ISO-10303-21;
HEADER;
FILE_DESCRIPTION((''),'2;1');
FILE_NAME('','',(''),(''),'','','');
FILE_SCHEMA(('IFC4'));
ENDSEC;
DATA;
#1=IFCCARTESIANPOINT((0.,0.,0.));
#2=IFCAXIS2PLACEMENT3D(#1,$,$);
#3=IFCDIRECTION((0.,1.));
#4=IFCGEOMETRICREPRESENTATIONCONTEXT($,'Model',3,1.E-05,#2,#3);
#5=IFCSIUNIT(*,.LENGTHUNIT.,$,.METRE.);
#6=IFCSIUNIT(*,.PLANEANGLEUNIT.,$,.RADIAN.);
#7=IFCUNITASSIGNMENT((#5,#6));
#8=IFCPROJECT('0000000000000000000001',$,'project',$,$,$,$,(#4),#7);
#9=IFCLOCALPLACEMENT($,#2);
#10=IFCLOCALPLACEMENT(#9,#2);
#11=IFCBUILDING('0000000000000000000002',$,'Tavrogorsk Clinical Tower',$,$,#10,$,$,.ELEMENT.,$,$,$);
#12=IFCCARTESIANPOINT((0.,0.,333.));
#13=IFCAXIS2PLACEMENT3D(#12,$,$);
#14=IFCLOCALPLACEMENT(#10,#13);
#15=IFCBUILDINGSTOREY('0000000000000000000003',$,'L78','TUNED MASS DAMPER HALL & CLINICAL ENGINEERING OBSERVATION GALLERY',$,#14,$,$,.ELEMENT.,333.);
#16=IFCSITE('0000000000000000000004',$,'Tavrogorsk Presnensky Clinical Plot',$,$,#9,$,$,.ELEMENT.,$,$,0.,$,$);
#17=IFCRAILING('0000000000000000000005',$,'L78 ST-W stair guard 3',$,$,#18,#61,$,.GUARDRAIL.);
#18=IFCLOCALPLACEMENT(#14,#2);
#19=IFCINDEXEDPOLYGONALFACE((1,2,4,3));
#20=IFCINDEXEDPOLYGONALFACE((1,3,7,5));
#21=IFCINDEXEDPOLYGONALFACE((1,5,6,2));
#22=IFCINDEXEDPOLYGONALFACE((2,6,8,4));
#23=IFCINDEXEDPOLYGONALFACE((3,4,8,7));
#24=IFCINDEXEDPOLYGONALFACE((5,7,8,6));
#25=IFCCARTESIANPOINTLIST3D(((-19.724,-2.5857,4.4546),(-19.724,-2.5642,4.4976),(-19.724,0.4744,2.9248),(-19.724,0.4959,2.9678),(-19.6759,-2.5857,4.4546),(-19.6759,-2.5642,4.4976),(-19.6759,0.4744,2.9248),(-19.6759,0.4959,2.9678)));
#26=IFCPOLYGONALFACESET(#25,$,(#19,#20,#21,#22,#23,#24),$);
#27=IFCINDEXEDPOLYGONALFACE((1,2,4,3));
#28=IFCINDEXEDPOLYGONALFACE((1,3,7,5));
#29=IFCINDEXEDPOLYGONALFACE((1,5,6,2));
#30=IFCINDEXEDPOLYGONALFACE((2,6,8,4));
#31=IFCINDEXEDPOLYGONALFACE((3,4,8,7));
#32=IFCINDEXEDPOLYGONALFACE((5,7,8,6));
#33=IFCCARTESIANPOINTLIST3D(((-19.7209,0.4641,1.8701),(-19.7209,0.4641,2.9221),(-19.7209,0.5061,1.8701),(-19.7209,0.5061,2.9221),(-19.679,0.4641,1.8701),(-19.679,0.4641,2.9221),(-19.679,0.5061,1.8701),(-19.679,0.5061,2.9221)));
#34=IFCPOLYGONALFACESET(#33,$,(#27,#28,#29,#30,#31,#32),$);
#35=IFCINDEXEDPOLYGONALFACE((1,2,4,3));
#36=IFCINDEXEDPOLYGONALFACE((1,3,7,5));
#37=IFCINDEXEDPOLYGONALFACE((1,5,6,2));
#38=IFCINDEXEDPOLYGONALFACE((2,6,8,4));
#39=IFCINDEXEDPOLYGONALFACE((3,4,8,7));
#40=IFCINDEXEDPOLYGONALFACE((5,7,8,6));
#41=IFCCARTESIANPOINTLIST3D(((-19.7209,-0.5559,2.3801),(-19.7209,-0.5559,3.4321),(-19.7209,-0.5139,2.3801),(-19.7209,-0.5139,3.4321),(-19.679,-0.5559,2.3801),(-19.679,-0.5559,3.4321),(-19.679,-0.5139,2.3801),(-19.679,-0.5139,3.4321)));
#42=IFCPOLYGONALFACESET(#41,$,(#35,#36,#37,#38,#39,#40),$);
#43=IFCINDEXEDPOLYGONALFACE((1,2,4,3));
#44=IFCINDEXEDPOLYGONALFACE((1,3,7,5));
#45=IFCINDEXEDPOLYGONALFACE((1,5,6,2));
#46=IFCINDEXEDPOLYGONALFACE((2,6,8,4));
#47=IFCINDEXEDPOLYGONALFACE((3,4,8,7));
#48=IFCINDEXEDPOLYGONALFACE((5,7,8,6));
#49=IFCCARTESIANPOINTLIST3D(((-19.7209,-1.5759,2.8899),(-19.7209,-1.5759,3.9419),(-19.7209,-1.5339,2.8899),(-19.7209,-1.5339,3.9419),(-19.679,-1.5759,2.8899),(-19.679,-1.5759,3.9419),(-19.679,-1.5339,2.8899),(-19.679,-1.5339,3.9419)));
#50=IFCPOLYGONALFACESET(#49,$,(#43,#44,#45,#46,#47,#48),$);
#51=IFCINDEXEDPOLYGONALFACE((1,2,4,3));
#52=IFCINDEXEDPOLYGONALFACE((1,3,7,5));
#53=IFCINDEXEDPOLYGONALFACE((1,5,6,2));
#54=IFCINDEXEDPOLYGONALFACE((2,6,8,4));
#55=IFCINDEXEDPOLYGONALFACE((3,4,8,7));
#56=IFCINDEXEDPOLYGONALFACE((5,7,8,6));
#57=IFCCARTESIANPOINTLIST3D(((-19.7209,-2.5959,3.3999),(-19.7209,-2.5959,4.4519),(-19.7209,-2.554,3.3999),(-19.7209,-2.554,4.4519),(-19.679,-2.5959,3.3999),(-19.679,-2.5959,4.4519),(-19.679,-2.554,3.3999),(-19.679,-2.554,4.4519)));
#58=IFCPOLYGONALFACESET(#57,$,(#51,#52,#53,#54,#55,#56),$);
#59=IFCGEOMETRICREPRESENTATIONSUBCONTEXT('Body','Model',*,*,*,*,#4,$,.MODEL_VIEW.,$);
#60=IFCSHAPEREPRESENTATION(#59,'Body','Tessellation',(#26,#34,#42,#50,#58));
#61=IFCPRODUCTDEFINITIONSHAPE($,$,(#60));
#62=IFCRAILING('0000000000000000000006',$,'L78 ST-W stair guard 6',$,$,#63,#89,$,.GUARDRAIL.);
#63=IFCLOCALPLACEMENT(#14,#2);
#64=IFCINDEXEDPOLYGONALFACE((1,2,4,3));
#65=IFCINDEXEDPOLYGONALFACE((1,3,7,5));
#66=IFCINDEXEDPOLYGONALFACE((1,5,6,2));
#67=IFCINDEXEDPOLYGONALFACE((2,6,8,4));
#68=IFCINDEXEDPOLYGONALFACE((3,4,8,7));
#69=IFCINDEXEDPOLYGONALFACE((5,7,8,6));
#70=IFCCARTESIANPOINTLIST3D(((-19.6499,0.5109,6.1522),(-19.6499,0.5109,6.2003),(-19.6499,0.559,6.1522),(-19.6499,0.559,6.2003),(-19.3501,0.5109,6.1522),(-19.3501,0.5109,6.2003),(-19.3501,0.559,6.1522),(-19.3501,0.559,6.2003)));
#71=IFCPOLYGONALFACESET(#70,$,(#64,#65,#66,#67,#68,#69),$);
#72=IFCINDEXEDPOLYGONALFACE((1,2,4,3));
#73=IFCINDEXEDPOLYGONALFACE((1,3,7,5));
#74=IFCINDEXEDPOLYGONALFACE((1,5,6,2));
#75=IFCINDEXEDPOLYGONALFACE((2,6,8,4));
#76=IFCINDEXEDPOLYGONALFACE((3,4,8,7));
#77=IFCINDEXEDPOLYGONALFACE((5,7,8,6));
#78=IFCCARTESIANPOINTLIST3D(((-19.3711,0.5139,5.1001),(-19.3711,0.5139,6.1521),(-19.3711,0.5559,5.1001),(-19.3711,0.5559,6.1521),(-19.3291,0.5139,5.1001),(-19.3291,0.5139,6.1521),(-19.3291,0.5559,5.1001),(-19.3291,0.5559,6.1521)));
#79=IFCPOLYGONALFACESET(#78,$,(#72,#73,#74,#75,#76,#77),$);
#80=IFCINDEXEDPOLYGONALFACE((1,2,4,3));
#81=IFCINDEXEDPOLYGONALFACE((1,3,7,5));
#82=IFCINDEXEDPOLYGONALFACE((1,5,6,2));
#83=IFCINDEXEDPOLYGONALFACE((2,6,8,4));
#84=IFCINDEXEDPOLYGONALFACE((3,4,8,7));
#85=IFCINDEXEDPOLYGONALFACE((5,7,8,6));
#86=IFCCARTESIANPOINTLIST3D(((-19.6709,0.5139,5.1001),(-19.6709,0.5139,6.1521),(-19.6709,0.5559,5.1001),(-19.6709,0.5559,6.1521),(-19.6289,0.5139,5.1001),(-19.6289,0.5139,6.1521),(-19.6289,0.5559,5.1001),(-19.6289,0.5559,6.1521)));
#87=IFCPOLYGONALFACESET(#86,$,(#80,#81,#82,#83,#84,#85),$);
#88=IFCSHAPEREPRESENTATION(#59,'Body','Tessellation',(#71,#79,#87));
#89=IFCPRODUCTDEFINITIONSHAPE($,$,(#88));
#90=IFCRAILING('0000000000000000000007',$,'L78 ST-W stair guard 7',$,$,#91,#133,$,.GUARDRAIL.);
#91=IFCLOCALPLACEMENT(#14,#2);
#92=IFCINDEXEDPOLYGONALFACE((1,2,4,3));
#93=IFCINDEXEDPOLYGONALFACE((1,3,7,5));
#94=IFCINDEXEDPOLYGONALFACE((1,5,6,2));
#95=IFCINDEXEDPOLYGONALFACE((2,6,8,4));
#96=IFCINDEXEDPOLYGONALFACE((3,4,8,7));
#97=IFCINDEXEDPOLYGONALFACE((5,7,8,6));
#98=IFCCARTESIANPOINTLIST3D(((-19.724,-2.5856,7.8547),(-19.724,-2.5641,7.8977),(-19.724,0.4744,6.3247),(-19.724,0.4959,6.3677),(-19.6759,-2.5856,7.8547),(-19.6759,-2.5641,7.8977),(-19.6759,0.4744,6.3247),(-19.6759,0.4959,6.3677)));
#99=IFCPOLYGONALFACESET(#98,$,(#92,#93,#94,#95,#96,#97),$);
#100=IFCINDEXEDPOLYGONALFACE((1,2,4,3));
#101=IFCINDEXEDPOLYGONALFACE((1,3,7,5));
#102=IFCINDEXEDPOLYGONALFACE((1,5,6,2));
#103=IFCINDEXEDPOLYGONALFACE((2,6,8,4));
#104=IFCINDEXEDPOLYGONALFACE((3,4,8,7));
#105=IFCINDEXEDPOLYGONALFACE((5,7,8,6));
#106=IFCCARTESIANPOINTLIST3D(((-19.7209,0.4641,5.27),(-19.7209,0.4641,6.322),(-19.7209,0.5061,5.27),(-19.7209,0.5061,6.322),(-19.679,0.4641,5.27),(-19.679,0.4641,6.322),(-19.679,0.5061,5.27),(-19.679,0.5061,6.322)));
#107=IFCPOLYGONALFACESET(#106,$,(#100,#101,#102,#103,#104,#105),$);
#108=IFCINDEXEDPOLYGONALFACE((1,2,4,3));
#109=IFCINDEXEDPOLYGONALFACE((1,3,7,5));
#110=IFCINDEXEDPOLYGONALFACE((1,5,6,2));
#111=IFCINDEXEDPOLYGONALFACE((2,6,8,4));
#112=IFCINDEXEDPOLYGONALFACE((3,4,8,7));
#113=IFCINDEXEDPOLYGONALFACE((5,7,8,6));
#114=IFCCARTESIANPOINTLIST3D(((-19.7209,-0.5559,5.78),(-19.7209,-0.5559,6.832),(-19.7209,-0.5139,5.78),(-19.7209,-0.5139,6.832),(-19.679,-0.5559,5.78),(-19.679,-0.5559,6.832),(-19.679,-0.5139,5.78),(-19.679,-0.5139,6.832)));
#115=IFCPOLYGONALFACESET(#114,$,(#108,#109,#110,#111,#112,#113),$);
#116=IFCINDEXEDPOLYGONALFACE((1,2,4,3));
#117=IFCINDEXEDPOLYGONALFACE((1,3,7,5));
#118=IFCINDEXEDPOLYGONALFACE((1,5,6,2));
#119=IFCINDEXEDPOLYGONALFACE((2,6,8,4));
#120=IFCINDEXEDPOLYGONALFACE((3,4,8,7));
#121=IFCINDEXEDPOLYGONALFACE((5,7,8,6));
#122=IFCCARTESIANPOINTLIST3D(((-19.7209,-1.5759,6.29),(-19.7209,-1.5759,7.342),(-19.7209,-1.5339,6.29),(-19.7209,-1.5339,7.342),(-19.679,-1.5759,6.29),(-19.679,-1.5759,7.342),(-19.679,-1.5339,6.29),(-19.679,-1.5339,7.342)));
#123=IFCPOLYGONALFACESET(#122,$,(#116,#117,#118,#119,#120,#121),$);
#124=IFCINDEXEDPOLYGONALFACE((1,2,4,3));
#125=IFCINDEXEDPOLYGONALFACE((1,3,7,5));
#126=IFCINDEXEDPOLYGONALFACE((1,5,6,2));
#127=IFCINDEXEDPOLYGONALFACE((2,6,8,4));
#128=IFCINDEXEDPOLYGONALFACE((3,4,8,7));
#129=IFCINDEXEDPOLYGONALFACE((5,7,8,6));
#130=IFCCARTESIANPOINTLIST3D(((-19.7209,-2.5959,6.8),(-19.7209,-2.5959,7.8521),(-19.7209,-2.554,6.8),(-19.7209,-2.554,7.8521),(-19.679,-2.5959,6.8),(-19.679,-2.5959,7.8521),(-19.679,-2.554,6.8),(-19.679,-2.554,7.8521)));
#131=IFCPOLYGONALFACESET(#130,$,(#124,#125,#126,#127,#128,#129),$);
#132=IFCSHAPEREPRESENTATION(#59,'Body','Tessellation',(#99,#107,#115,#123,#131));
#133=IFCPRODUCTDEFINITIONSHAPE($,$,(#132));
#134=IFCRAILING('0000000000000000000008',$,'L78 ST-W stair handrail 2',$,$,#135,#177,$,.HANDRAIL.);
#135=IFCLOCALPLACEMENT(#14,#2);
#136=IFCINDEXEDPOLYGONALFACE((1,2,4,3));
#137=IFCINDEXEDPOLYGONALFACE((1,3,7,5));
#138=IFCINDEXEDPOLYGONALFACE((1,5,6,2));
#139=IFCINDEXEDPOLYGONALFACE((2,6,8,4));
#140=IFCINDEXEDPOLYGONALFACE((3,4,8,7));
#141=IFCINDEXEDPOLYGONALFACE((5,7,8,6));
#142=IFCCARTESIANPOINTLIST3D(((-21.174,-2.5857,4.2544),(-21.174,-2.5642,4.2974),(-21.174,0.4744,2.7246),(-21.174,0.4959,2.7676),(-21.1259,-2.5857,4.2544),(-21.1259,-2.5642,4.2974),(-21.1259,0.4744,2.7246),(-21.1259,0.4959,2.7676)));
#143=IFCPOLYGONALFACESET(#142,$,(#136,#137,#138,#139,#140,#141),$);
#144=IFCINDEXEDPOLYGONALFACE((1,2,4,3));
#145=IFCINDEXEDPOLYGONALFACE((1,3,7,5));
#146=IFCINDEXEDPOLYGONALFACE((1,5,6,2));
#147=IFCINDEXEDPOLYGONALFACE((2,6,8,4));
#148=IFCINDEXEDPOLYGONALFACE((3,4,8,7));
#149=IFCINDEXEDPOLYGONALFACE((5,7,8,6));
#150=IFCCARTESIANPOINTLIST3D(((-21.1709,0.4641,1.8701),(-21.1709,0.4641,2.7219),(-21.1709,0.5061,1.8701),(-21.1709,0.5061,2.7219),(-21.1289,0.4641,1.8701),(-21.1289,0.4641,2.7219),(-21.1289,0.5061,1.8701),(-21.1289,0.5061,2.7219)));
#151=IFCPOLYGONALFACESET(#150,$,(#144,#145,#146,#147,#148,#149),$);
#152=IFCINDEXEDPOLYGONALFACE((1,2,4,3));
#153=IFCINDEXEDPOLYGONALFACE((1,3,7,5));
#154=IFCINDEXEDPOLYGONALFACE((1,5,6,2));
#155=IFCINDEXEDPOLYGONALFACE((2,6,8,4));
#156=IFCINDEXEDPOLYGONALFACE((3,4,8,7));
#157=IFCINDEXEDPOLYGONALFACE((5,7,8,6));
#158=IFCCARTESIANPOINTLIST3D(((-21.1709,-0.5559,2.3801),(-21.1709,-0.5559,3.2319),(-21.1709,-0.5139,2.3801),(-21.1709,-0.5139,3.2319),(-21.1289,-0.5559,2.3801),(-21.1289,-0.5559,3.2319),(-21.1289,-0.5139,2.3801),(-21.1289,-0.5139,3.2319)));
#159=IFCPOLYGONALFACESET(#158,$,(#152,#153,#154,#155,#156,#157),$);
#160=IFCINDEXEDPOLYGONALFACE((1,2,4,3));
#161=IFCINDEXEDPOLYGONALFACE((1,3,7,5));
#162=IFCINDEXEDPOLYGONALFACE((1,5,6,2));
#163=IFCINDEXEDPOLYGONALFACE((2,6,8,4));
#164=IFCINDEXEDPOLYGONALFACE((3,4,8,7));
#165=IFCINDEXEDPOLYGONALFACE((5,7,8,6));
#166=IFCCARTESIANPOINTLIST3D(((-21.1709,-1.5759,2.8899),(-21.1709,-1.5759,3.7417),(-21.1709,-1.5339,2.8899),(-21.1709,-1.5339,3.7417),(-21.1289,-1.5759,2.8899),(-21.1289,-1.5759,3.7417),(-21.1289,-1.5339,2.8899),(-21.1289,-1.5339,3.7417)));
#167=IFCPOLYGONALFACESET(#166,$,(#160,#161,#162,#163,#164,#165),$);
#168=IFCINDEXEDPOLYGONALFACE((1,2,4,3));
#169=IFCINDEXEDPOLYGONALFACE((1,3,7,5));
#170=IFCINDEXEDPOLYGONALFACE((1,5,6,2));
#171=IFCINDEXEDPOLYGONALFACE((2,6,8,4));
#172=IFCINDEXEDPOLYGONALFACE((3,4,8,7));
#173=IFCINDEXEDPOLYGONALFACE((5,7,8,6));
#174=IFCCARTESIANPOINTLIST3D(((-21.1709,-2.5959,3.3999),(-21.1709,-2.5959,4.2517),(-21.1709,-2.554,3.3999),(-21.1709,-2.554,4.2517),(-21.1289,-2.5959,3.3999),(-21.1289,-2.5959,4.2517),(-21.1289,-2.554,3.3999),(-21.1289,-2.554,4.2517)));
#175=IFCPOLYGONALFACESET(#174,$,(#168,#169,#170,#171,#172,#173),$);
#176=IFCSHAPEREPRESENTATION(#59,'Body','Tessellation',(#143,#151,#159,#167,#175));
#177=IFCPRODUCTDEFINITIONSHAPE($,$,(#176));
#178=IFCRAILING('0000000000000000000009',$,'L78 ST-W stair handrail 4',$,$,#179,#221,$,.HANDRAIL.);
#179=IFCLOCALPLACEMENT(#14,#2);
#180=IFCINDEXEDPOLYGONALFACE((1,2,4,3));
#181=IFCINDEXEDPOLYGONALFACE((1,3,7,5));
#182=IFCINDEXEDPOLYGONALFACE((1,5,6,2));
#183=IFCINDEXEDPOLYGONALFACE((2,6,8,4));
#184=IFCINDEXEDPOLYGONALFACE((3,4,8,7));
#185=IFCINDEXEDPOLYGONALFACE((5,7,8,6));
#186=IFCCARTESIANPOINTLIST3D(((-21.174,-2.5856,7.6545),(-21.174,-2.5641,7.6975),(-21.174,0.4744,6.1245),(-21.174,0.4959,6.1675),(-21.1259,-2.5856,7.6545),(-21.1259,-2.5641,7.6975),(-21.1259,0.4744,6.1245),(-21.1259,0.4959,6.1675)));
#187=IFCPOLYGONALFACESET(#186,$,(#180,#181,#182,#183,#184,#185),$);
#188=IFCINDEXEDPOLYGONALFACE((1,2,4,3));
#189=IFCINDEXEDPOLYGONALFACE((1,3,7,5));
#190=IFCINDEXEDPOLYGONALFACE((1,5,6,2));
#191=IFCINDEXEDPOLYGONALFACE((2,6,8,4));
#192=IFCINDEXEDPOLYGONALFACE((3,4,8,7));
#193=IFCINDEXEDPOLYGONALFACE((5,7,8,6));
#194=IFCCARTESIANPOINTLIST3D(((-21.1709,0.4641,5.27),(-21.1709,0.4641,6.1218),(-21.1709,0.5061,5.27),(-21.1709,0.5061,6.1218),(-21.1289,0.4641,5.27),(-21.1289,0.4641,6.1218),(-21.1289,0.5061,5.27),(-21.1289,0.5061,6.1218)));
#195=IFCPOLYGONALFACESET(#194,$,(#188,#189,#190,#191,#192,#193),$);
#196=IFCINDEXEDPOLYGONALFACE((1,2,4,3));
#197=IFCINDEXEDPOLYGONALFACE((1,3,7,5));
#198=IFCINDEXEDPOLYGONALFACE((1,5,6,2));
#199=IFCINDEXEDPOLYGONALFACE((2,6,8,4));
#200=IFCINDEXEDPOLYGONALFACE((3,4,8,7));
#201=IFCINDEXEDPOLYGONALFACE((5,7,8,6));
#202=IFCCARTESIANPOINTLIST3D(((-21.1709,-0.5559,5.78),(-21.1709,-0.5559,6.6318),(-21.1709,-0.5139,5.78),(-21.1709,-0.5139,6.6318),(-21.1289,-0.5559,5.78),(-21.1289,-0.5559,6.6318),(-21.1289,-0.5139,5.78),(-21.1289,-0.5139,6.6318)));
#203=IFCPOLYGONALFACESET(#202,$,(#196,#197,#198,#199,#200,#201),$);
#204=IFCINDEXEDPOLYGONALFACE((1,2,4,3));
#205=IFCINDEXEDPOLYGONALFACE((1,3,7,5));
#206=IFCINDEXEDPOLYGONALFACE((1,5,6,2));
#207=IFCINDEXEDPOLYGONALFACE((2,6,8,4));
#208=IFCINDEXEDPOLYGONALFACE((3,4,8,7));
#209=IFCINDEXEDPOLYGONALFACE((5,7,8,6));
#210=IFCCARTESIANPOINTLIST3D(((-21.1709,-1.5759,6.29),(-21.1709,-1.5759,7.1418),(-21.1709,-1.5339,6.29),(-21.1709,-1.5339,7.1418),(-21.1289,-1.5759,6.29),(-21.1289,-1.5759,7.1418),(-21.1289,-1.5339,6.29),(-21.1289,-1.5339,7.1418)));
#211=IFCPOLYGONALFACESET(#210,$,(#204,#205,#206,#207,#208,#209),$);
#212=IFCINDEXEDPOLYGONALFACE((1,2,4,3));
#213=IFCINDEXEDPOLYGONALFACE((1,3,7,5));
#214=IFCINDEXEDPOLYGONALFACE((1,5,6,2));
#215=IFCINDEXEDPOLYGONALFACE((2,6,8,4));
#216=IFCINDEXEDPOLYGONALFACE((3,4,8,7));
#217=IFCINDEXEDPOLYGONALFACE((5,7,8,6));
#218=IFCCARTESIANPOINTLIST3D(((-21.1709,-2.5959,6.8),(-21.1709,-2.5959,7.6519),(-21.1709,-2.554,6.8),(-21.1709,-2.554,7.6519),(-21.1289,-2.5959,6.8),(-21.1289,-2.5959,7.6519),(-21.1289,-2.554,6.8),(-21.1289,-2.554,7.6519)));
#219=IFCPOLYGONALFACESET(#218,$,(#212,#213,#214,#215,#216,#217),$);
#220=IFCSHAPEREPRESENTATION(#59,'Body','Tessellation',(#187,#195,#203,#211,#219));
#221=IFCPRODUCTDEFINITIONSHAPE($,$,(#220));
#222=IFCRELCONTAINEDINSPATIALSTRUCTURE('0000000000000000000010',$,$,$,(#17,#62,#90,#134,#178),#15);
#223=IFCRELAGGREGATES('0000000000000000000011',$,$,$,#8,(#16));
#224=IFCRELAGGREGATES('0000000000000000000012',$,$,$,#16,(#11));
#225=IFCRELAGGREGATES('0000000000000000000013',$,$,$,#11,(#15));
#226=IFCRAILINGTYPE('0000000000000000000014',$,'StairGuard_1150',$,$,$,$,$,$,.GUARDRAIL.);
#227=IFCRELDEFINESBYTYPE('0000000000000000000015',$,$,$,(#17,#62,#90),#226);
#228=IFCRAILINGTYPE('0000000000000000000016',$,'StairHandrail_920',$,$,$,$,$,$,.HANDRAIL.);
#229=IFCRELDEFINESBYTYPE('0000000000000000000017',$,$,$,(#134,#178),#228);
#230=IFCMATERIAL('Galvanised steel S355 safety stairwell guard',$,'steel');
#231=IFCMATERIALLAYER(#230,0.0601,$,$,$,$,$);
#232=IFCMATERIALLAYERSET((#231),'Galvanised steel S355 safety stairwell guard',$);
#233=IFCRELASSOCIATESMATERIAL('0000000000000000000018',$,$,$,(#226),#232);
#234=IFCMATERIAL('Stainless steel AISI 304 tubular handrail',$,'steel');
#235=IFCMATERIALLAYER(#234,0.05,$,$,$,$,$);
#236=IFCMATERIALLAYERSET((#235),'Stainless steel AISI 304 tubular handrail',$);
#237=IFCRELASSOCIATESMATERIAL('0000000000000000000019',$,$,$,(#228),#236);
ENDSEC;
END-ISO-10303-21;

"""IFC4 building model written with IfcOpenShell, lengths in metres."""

from ifc_helpers import new_model, si_unit, direction, frame, origin, origin_2d, place, context, subcontext, project, spatial, rectangle, extrude, material, layer, layer_set, type_object, element, save


model = new_model("IFC4")

# Units and contexts
model_context = context("Model", 3, precision=1e-05, world=origin(), true_north=direction((0.0, 1.0)))
body_context = subcontext(model_context, "Body", "Model", "MODEL_VIEW")
ifc_project = project(units=[si_unit("LENGTHUNIT", "METRE"), si_unit("PLANEANGLEUNIT", "RADIAN")], contexts=[model_context])

# Site, building, storey
site_placement = place(None, origin())
site = spatial("IfcSite", under=ifc_project, at=site_placement, Name="Tavrogorsk Presnensky Clinical Plot", CompositionType="ELEMENT", RefElevation=0.0)
building_placement = place(site_placement, origin())
building = spatial("IfcBuilding", under=site, at=building_placement, Name="Tavrogorsk Clinical Tower", CompositionType="ELEMENT")
storey_placement = place(building_placement, frame((0.0, 0.0, 333.0)))
storey = spatial("IfcBuildingStorey", under=building, at=storey_placement, Name="L78", Description="TUNED MASS DAMPER HALL & CLINICAL ENGINEERING OBSERVATION GALLERY", CompositionType="ELEMENT", Elevation=333.0)

# Railings
ifc_material_1 = material(Name="Galvanised steel S355 safety stairwell guard", Category="steel")
ifc_layer_1 = layer(ifc_material_1, 0.0601)
ifc_layer_set_1 = layer_set([ifc_layer_1], Name="Galvanised steel S355 safety stairwell guard")
railing_type_1 = type_object("IfcRailingType", Name="StairGuard_1150", PredefinedType="GUARDRAIL", material=ifc_layer_set_1)
railing_1_placement = place(storey_placement, frame((-19.7, 0.4851, 1.8701)))
element("IfcRailing", 1, at=railing_1_placement, inside=storey, type_object=railing_type_1, Name="L78 ST-W stair guard 3", PredefinedType="GUARDRAIL", context=body_context, shape_type="SweptSolid", body=[
    extrude(rectangle(XDim=0.0481, YDim=0.0481, at=origin_2d()), frame((0.0, 0.0, 1.0762), z_axis=(0.0, -0.894456, 0.447157), x_axis=(1.0, 0.0, 0.0)), (0.0, 0.0, 1.0), 3.4211),
    extrude(rectangle(XDim=0.042, YDim=0.042, at=origin_2d()), origin(), (0.0, 0.0, 1.0), 1.052),
    extrude(rectangle(XDim=0.042, YDim=0.042, at=origin_2d()), frame((0.0, -1.02, 0.51)), (0.0, 0.0, 1.0), 1.052),
    extrude(rectangle(XDim=0.042, YDim=0.042, at=origin_2d()), frame((0.0, -2.04, 1.0198)), (0.0, 0.0, 1.0), 1.052),
    extrude(rectangle(XDim=0.042, YDim=0.042, at=origin_2d()), frame((0.0, -3.0601, 1.5298)), (0.0, 0.0, 1.0), 1.052),
])
railing_2_placement = place(storey_placement, frame((-19.3501, 0.5349, 5.1001)))
element("IfcRailing", 2, at=railing_2_placement, inside=storey, type_object=railing_type_1, Name="L78 ST-W stair guard 6", PredefinedType="GUARDRAIL", context=body_context, shape_type="SweptSolid", body=[
    extrude(rectangle(XDim=0.0481, YDim=0.0481, at=origin_2d()), frame((0.0, 0.0, 1.0762), z_axis=(-1.0, 0.0, 0.0), x_axis=(0.0, -1.0, 0.0)), (0.0, 0.0, 1.0), 0.2998),
    extrude(rectangle(XDim=0.042, YDim=0.042, at=origin_2d()), origin(), (0.0, 0.0, 1.0), 1.052),
    extrude(rectangle(XDim=0.042, YDim=0.042, at=origin_2d()), frame((-0.2998, 0.0, 0.0)), (0.0, 0.0, 1.0), 1.052),
])
railing_3_placement = place(storey_placement, frame((-19.7, 0.4851, 5.27)))
element("IfcRailing", 3, at=railing_3_placement, inside=storey, type_object=railing_type_1, Name="L78 ST-W stair guard 7", PredefinedType="GUARDRAIL", context=body_context, shape_type="SweptSolid", body=[
    extrude(rectangle(XDim=0.0481, YDim=0.0481, at=origin_2d()), frame((0.0, 0.0, 1.0762), z_axis=(0.0, -0.894427, 0.447214), x_axis=(1.0, 0.0, 0.0)), (0.0, 0.0, 1.0), 3.4211),
    extrude(rectangle(XDim=0.042, YDim=0.042, at=origin_2d()), origin(), (0.0, 0.0, 1.0), 1.052),
    extrude(rectangle(XDim=0.042, YDim=0.042, at=origin_2d()), frame((0.0, -1.02, 0.51)), (0.0, 0.0, 1.0), 1.052),
    extrude(rectangle(XDim=0.042, YDim=0.042, at=origin_2d()), frame((0.0, -2.04, 1.02)), (0.0, 0.0, 1.0), 1.052),
    extrude(rectangle(XDim=0.042, YDim=0.042, at=origin_2d()), frame((0.0, -3.0601, 1.53)), (0.0, 0.0, 1.0), 1.052),
])
ifc_material_2 = material(Name="Stainless steel AISI 304 tubular handrail", Category="steel")
ifc_layer_2 = layer(ifc_material_2, 0.05)
ifc_layer_set_2 = layer_set([ifc_layer_2], Name="Stainless steel AISI 304 tubular handrail")
railing_type_2 = type_object("IfcRailingType", Name="StairHandrail_920", PredefinedType="HANDRAIL", material=ifc_layer_set_2)
railing_4_placement = place(storey_placement, frame((-21.1499, 0.4851, 1.8701)))
element("IfcRailing", 4, at=railing_4_placement, inside=storey, type_object=railing_type_2, Name="L78 ST-W stair handrail 2", PredefinedType="HANDRAIL", context=body_context, shape_type="SweptSolid", body=[
    extrude(rectangle(XDim=0.0481, YDim=0.0481, at=origin_2d()), frame((0.0, 0.0, 0.876), z_axis=(0.0, -0.894456, 0.447157), x_axis=(1.0, 0.0, 0.0)), (0.0, 0.0, 1.0), 3.4211),
    extrude(rectangle(XDim=0.042, YDim=0.042, at=origin_2d()), origin(), (0.0, 0.0, 1.0), 0.8518),
    extrude(rectangle(XDim=0.042, YDim=0.042, at=origin_2d()), frame((0.0, -1.02, 0.51)), (0.0, 0.0, 1.0), 0.8518),
    extrude(rectangle(XDim=0.042, YDim=0.042, at=origin_2d()), frame((0.0, -2.04, 1.0198)), (0.0, 0.0, 1.0), 0.8518),
    extrude(rectangle(XDim=0.042, YDim=0.042, at=origin_2d()), frame((0.0, -3.0601, 1.5298)), (0.0, 0.0, 1.0), 0.8518),
])
railing_5_placement = place(storey_placement, frame((-21.1499, 0.4851, 5.27)))
element("IfcRailing", 5, at=railing_5_placement, inside=storey, type_object=railing_type_2, Name="L78 ST-W stair handrail 4", PredefinedType="HANDRAIL", context=body_context, shape_type="SweptSolid", body=[
    extrude(rectangle(XDim=0.0481, YDim=0.0481, at=origin_2d()), frame((0.0, 0.0, 0.876), z_axis=(0.0, -0.894427, 0.447214), x_axis=(1.0, 0.0, 0.0)), (0.0, 0.0, 1.0), 3.4211),
    extrude(rectangle(XDim=0.042, YDim=0.042, at=origin_2d()), origin(), (0.0, 0.0, 1.0), 0.8518),
    extrude(rectangle(XDim=0.042, YDim=0.042, at=origin_2d()), frame((0.0, -1.02, 0.51)), (0.0, 0.0, 1.0), 0.8518),
    extrude(rectangle(XDim=0.042, YDim=0.042, at=origin_2d()), frame((0.0, -2.04, 1.02)), (0.0, 0.0, 1.0), 0.8518),
    extrude(rectangle(XDim=0.042, YDim=0.042, at=origin_2d()), frame((0.0, -3.0601, 1.53)), (0.0, 0.0, 1.0), 0.8518),
])

save(model, "model.ifc")
